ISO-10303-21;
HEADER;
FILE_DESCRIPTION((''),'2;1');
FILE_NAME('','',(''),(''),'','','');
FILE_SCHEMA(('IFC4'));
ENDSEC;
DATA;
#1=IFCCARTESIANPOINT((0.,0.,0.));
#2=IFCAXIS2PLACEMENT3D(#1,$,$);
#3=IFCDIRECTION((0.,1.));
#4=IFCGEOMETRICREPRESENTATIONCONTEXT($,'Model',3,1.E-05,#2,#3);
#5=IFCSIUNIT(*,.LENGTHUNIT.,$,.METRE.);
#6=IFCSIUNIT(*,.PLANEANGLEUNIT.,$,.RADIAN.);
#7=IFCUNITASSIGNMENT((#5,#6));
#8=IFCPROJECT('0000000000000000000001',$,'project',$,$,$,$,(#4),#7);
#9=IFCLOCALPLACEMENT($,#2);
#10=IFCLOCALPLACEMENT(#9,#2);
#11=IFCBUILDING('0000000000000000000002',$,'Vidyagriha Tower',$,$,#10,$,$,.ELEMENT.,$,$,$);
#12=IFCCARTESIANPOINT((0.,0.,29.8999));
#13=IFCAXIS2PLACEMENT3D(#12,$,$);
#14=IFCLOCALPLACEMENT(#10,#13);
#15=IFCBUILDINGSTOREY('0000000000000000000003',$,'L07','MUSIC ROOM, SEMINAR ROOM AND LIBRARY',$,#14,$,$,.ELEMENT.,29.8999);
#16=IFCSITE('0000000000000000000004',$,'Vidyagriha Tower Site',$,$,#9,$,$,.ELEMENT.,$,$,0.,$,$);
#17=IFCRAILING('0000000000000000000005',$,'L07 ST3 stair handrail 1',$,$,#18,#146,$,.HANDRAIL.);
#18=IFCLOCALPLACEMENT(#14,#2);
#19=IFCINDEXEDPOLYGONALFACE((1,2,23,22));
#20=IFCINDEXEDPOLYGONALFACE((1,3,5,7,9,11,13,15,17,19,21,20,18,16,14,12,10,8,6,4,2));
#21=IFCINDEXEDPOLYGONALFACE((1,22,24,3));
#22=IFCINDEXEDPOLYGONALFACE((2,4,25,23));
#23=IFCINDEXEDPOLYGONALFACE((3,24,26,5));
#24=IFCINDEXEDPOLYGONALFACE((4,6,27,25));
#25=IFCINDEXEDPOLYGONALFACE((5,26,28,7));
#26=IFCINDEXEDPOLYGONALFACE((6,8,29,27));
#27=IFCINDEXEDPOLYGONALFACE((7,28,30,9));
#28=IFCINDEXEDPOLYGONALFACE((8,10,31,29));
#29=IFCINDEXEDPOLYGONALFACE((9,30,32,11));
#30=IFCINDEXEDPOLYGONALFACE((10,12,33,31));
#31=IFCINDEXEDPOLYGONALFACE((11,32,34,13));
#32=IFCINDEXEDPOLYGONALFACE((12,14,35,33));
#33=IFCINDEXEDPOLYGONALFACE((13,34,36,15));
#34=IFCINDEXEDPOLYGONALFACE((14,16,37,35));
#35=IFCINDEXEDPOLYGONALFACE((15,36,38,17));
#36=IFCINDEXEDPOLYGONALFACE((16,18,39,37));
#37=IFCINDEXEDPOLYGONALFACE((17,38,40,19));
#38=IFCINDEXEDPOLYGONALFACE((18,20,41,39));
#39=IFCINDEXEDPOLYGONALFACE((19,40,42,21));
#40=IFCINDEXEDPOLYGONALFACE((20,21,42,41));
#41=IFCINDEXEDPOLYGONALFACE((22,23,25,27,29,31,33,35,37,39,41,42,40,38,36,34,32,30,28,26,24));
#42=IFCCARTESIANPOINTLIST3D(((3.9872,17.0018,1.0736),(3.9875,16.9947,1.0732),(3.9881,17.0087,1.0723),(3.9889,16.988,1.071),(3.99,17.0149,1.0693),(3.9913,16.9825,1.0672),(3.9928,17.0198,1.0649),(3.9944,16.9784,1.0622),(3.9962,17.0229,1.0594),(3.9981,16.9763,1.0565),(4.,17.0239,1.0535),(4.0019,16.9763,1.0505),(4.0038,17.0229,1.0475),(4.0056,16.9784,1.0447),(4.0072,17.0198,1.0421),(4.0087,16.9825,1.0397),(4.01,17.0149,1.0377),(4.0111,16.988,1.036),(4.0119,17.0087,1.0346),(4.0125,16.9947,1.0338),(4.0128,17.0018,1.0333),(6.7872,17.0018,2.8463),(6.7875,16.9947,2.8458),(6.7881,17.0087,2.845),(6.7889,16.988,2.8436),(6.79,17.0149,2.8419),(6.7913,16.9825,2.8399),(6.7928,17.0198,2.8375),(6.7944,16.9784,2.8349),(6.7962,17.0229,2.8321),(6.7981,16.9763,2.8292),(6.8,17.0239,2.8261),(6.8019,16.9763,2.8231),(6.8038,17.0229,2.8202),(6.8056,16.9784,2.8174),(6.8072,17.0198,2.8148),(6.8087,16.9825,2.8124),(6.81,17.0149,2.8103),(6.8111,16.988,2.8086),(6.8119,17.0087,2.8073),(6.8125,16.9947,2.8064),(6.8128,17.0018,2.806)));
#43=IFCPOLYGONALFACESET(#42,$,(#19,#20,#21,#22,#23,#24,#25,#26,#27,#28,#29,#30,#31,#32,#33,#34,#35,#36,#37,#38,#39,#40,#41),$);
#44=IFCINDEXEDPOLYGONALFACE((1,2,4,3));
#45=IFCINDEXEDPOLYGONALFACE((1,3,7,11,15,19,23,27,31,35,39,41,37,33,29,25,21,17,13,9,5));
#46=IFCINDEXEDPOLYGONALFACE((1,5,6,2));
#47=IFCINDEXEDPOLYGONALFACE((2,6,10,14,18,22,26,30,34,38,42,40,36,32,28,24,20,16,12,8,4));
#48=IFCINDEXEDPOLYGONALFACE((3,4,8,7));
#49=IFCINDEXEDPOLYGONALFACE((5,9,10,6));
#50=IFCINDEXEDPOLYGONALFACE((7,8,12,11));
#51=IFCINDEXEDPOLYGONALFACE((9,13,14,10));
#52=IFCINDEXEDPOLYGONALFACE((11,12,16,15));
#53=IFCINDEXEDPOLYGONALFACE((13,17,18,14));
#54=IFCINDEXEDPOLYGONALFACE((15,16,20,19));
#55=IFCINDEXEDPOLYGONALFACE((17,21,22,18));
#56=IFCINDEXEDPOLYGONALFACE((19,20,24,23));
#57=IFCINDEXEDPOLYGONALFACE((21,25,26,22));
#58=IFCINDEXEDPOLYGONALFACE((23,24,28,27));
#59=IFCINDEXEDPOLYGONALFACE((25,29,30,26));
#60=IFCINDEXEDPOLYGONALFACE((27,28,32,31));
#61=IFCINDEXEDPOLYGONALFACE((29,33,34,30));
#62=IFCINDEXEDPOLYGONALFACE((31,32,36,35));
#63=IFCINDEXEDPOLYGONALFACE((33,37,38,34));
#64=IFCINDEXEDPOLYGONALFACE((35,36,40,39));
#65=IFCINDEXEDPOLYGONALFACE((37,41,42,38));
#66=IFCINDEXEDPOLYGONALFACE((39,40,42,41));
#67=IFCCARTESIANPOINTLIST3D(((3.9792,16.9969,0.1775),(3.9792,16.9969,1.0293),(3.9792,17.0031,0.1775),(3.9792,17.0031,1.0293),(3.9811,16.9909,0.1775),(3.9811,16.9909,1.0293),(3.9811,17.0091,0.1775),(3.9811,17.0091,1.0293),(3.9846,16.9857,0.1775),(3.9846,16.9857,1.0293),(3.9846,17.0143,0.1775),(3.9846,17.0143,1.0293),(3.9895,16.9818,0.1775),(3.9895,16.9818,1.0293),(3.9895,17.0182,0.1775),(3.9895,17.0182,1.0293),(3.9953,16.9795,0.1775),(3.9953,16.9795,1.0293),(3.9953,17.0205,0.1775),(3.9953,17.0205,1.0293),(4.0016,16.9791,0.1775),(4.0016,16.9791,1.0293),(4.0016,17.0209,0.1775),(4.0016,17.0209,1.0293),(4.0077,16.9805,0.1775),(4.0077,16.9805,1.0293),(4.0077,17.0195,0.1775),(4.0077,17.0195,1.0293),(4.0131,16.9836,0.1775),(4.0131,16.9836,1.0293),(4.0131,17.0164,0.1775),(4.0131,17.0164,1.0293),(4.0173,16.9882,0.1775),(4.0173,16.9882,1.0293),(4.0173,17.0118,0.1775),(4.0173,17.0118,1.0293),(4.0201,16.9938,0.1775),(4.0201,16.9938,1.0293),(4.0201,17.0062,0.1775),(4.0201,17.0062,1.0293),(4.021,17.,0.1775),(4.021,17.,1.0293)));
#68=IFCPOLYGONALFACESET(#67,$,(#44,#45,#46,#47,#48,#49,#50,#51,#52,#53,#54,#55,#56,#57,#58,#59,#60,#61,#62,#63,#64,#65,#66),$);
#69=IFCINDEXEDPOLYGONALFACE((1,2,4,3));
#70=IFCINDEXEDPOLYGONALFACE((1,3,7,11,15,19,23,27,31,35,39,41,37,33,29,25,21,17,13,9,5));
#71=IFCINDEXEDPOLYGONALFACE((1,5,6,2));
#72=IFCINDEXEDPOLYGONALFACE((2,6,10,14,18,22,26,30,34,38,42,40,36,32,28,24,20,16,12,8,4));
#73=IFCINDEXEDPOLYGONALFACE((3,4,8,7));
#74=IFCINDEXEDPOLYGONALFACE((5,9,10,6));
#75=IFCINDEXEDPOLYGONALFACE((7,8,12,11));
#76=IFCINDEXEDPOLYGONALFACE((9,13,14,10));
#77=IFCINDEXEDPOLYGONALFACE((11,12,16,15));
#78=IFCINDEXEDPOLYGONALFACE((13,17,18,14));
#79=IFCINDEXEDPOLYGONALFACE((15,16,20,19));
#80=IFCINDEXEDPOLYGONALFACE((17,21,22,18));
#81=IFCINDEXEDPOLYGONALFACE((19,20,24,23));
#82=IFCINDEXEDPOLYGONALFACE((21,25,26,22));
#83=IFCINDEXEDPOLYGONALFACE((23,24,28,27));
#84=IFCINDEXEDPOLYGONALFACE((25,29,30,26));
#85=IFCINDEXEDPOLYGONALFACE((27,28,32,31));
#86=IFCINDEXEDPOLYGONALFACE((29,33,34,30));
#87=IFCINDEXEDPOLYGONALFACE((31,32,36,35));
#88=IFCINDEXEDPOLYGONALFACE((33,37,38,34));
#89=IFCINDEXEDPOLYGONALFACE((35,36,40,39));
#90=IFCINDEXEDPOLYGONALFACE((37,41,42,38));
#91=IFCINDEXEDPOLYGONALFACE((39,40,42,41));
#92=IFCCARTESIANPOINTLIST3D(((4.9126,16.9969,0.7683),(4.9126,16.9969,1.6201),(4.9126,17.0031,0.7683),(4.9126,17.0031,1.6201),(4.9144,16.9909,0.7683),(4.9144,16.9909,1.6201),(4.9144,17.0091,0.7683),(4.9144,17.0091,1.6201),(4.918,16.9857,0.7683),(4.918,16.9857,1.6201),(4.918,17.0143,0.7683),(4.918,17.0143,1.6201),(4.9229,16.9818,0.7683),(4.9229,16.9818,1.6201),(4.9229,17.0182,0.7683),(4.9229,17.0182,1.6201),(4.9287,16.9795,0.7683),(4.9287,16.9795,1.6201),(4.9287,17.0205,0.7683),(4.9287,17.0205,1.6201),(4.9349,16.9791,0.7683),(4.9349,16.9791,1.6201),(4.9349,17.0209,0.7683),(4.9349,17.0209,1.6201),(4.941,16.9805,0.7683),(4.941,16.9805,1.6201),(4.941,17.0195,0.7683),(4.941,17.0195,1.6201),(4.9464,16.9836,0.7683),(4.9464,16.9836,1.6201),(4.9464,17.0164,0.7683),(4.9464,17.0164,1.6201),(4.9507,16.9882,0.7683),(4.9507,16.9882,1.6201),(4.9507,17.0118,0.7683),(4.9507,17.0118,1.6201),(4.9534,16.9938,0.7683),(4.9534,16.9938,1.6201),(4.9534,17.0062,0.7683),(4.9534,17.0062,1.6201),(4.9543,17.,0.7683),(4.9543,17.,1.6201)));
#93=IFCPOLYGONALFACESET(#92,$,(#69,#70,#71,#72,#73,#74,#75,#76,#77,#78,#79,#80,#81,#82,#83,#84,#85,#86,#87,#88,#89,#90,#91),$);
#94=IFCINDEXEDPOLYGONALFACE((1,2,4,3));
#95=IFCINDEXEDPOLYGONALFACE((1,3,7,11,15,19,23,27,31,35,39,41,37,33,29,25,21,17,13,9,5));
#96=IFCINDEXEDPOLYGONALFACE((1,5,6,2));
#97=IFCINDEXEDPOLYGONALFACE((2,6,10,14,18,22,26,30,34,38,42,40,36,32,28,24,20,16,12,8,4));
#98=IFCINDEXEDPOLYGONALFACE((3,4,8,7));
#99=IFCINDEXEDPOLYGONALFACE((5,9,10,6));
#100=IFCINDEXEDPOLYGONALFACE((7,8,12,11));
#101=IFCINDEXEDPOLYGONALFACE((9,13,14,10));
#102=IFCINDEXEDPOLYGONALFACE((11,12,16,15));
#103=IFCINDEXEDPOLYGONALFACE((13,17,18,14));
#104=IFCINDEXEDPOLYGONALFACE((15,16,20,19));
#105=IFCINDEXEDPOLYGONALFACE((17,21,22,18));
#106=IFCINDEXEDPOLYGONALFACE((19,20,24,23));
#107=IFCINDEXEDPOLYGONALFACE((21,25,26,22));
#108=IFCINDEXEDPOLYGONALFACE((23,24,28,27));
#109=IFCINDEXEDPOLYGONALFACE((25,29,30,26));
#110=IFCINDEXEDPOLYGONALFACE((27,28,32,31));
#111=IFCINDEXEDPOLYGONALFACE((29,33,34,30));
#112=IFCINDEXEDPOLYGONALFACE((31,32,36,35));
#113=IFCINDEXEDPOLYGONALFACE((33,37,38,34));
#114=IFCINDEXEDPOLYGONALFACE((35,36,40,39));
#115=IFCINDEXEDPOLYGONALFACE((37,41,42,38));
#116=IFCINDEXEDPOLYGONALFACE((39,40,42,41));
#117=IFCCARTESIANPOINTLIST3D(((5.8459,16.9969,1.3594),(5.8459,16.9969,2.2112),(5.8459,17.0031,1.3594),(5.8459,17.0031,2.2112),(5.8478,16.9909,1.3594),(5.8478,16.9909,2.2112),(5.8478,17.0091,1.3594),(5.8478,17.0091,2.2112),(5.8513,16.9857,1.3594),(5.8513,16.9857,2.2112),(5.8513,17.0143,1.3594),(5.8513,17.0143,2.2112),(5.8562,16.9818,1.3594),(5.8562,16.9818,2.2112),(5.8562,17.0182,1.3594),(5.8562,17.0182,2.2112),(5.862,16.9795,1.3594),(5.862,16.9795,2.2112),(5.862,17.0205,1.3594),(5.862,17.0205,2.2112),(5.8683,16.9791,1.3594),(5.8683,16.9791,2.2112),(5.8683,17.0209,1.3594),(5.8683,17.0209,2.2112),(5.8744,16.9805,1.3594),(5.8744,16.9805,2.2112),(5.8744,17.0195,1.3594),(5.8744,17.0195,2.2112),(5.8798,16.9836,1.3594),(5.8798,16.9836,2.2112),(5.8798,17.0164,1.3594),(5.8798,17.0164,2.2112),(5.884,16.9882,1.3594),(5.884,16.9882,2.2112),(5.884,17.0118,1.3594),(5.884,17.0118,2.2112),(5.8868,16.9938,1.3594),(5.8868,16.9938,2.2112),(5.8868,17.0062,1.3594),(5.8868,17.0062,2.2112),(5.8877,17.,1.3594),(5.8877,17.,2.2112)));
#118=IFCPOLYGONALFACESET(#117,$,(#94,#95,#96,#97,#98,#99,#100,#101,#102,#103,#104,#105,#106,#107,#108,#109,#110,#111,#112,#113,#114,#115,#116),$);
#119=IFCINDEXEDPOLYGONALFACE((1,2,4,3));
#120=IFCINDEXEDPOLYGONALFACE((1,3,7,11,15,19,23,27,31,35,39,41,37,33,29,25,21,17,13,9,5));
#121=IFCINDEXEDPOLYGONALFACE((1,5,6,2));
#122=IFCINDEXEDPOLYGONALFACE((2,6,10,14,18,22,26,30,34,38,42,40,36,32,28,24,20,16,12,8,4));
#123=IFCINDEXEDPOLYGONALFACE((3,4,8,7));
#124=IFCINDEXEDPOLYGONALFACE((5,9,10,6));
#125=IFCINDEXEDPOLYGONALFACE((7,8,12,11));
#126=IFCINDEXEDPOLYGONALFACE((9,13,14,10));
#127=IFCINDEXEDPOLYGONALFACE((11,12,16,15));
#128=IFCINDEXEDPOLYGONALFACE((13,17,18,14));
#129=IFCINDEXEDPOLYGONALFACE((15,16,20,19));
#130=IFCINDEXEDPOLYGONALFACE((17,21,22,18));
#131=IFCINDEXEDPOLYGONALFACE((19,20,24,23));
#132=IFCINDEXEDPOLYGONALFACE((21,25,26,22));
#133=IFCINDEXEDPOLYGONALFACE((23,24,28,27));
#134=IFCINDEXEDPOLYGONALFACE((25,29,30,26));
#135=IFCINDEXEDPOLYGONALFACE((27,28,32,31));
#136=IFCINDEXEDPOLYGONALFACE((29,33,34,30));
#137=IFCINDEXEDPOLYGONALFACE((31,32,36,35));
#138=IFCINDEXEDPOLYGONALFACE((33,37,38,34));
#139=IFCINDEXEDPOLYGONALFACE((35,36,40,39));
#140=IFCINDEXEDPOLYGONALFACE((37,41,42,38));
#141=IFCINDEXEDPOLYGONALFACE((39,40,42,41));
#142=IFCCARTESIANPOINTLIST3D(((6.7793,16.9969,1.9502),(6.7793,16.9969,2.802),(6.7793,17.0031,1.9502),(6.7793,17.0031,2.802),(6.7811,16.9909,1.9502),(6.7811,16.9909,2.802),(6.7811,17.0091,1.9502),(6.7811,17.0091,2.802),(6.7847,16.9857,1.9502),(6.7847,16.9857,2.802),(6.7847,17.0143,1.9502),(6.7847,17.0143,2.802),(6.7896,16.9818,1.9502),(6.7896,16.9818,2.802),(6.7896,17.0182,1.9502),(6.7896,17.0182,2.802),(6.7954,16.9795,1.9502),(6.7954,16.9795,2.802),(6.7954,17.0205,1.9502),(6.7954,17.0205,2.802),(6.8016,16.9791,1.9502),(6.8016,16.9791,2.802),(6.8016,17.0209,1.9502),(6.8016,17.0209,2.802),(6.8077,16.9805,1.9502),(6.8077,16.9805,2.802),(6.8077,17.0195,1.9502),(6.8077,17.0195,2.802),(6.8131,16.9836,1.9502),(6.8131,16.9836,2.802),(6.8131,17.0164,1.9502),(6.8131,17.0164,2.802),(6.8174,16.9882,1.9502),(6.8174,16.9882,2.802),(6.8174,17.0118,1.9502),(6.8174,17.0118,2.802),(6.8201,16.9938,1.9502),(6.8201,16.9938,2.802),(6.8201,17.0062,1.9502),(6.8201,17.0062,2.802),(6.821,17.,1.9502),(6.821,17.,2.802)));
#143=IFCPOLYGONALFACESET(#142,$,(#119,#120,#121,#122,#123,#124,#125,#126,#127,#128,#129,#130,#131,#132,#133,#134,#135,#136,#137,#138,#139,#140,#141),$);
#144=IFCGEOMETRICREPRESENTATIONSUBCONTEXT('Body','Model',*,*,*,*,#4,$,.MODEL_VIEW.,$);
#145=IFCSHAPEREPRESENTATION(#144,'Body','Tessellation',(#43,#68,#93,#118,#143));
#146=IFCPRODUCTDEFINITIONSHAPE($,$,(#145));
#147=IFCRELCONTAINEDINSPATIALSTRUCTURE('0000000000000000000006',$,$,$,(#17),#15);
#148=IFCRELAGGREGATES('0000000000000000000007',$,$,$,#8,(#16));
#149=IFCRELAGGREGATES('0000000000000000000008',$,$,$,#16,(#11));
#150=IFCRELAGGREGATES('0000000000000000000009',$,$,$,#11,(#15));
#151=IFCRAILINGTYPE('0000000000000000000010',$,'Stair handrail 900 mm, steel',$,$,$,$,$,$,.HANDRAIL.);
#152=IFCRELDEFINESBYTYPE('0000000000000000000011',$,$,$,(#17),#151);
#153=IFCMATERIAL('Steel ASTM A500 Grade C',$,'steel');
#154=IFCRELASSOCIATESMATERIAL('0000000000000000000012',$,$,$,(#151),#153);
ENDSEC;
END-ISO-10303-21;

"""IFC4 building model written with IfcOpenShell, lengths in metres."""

from ifc_helpers import new_model, si_unit, direction, frame, origin, origin_2d, place, context, subcontext, project, spatial, circle, extrude, material, type_object, element, save


model = new_model("IFC4")

# Units and contexts
model_context = context("Model", 3, precision=1e-05, world=origin(), true_north=direction((0.0, 1.0)))
body_context = subcontext(model_context, "Body", "Model", "MODEL_VIEW")
ifc_project = project(units=[si_unit("LENGTHUNIT", "METRE"), si_unit("PLANEANGLEUNIT", "RADIAN")], contexts=[model_context])

# Site, building, storey
site_placement = place(None, origin())
site = spatial("IfcSite", under=ifc_project, at=site_placement, Name="Vidyagriha Tower Site", CompositionType="ELEMENT", RefElevation=0.0)
building_placement = place(site_placement, origin())
building = spatial("IfcBuilding", under=site, at=building_placement, Name="Vidyagriha Tower", CompositionType="ELEMENT")
storey_placement = place(building_placement, frame((0.0, 0.0, 29.8999)))
storey = spatial("IfcBuildingStorey", under=building, at=storey_placement, Name="L07", Description="MUSIC ROOM, SEMINAR ROOM AND LIBRARY", CompositionType="ELEMENT", Elevation=29.8999)

# Railing
ifc_material_1 = material(Name="Steel ASTM A500 Grade C", Category="steel")
railing_type_1 = type_object("IfcRailingType", Name="Stair handrail 900 mm, steel", PredefinedType="HANDRAIL", material=ifc_material_1)
railing_1_placement = place(storey_placement, frame((4.0, 17.0, 0.1775)))
element("IfcRailing", 1, at=railing_1_placement, inside=storey, type_object=railing_type_1, Name="L07 ST3 stair handrail 1", PredefinedType="HANDRAIL", context=body_context, shape_type="SweptSolid", body=[
    extrude(circle(Radius=0.0239, at=origin_2d()), frame((0.0, 0.0, 0.876), z_axis=(0.844909, 0.0, 0.53491), x_axis=(0.0, 1.0, 0.0)), (0.0, 0.0, 1.0), 3.314),
    extrude(circle(Radius=0.021, at=origin_2d()), origin(), (0.0, 0.0, 1.0), 0.8518),
    extrude(circle(Radius=0.021, at=origin_2d()), frame((0.9333, 0.0, 0.5908)), (0.0, 0.0, 1.0), 0.8518),
    extrude(circle(Radius=0.021, at=origin_2d()), frame((1.8667, 0.0, 1.1819)), (0.0, 0.0, 1.0), 0.8518),
    extrude(circle(Radius=0.021, at=origin_2d()), frame((2.8, 0.0, 1.7727)), (0.0, 0.0, 1.0), 0.8518),
])

save(model, "model.ifc")
